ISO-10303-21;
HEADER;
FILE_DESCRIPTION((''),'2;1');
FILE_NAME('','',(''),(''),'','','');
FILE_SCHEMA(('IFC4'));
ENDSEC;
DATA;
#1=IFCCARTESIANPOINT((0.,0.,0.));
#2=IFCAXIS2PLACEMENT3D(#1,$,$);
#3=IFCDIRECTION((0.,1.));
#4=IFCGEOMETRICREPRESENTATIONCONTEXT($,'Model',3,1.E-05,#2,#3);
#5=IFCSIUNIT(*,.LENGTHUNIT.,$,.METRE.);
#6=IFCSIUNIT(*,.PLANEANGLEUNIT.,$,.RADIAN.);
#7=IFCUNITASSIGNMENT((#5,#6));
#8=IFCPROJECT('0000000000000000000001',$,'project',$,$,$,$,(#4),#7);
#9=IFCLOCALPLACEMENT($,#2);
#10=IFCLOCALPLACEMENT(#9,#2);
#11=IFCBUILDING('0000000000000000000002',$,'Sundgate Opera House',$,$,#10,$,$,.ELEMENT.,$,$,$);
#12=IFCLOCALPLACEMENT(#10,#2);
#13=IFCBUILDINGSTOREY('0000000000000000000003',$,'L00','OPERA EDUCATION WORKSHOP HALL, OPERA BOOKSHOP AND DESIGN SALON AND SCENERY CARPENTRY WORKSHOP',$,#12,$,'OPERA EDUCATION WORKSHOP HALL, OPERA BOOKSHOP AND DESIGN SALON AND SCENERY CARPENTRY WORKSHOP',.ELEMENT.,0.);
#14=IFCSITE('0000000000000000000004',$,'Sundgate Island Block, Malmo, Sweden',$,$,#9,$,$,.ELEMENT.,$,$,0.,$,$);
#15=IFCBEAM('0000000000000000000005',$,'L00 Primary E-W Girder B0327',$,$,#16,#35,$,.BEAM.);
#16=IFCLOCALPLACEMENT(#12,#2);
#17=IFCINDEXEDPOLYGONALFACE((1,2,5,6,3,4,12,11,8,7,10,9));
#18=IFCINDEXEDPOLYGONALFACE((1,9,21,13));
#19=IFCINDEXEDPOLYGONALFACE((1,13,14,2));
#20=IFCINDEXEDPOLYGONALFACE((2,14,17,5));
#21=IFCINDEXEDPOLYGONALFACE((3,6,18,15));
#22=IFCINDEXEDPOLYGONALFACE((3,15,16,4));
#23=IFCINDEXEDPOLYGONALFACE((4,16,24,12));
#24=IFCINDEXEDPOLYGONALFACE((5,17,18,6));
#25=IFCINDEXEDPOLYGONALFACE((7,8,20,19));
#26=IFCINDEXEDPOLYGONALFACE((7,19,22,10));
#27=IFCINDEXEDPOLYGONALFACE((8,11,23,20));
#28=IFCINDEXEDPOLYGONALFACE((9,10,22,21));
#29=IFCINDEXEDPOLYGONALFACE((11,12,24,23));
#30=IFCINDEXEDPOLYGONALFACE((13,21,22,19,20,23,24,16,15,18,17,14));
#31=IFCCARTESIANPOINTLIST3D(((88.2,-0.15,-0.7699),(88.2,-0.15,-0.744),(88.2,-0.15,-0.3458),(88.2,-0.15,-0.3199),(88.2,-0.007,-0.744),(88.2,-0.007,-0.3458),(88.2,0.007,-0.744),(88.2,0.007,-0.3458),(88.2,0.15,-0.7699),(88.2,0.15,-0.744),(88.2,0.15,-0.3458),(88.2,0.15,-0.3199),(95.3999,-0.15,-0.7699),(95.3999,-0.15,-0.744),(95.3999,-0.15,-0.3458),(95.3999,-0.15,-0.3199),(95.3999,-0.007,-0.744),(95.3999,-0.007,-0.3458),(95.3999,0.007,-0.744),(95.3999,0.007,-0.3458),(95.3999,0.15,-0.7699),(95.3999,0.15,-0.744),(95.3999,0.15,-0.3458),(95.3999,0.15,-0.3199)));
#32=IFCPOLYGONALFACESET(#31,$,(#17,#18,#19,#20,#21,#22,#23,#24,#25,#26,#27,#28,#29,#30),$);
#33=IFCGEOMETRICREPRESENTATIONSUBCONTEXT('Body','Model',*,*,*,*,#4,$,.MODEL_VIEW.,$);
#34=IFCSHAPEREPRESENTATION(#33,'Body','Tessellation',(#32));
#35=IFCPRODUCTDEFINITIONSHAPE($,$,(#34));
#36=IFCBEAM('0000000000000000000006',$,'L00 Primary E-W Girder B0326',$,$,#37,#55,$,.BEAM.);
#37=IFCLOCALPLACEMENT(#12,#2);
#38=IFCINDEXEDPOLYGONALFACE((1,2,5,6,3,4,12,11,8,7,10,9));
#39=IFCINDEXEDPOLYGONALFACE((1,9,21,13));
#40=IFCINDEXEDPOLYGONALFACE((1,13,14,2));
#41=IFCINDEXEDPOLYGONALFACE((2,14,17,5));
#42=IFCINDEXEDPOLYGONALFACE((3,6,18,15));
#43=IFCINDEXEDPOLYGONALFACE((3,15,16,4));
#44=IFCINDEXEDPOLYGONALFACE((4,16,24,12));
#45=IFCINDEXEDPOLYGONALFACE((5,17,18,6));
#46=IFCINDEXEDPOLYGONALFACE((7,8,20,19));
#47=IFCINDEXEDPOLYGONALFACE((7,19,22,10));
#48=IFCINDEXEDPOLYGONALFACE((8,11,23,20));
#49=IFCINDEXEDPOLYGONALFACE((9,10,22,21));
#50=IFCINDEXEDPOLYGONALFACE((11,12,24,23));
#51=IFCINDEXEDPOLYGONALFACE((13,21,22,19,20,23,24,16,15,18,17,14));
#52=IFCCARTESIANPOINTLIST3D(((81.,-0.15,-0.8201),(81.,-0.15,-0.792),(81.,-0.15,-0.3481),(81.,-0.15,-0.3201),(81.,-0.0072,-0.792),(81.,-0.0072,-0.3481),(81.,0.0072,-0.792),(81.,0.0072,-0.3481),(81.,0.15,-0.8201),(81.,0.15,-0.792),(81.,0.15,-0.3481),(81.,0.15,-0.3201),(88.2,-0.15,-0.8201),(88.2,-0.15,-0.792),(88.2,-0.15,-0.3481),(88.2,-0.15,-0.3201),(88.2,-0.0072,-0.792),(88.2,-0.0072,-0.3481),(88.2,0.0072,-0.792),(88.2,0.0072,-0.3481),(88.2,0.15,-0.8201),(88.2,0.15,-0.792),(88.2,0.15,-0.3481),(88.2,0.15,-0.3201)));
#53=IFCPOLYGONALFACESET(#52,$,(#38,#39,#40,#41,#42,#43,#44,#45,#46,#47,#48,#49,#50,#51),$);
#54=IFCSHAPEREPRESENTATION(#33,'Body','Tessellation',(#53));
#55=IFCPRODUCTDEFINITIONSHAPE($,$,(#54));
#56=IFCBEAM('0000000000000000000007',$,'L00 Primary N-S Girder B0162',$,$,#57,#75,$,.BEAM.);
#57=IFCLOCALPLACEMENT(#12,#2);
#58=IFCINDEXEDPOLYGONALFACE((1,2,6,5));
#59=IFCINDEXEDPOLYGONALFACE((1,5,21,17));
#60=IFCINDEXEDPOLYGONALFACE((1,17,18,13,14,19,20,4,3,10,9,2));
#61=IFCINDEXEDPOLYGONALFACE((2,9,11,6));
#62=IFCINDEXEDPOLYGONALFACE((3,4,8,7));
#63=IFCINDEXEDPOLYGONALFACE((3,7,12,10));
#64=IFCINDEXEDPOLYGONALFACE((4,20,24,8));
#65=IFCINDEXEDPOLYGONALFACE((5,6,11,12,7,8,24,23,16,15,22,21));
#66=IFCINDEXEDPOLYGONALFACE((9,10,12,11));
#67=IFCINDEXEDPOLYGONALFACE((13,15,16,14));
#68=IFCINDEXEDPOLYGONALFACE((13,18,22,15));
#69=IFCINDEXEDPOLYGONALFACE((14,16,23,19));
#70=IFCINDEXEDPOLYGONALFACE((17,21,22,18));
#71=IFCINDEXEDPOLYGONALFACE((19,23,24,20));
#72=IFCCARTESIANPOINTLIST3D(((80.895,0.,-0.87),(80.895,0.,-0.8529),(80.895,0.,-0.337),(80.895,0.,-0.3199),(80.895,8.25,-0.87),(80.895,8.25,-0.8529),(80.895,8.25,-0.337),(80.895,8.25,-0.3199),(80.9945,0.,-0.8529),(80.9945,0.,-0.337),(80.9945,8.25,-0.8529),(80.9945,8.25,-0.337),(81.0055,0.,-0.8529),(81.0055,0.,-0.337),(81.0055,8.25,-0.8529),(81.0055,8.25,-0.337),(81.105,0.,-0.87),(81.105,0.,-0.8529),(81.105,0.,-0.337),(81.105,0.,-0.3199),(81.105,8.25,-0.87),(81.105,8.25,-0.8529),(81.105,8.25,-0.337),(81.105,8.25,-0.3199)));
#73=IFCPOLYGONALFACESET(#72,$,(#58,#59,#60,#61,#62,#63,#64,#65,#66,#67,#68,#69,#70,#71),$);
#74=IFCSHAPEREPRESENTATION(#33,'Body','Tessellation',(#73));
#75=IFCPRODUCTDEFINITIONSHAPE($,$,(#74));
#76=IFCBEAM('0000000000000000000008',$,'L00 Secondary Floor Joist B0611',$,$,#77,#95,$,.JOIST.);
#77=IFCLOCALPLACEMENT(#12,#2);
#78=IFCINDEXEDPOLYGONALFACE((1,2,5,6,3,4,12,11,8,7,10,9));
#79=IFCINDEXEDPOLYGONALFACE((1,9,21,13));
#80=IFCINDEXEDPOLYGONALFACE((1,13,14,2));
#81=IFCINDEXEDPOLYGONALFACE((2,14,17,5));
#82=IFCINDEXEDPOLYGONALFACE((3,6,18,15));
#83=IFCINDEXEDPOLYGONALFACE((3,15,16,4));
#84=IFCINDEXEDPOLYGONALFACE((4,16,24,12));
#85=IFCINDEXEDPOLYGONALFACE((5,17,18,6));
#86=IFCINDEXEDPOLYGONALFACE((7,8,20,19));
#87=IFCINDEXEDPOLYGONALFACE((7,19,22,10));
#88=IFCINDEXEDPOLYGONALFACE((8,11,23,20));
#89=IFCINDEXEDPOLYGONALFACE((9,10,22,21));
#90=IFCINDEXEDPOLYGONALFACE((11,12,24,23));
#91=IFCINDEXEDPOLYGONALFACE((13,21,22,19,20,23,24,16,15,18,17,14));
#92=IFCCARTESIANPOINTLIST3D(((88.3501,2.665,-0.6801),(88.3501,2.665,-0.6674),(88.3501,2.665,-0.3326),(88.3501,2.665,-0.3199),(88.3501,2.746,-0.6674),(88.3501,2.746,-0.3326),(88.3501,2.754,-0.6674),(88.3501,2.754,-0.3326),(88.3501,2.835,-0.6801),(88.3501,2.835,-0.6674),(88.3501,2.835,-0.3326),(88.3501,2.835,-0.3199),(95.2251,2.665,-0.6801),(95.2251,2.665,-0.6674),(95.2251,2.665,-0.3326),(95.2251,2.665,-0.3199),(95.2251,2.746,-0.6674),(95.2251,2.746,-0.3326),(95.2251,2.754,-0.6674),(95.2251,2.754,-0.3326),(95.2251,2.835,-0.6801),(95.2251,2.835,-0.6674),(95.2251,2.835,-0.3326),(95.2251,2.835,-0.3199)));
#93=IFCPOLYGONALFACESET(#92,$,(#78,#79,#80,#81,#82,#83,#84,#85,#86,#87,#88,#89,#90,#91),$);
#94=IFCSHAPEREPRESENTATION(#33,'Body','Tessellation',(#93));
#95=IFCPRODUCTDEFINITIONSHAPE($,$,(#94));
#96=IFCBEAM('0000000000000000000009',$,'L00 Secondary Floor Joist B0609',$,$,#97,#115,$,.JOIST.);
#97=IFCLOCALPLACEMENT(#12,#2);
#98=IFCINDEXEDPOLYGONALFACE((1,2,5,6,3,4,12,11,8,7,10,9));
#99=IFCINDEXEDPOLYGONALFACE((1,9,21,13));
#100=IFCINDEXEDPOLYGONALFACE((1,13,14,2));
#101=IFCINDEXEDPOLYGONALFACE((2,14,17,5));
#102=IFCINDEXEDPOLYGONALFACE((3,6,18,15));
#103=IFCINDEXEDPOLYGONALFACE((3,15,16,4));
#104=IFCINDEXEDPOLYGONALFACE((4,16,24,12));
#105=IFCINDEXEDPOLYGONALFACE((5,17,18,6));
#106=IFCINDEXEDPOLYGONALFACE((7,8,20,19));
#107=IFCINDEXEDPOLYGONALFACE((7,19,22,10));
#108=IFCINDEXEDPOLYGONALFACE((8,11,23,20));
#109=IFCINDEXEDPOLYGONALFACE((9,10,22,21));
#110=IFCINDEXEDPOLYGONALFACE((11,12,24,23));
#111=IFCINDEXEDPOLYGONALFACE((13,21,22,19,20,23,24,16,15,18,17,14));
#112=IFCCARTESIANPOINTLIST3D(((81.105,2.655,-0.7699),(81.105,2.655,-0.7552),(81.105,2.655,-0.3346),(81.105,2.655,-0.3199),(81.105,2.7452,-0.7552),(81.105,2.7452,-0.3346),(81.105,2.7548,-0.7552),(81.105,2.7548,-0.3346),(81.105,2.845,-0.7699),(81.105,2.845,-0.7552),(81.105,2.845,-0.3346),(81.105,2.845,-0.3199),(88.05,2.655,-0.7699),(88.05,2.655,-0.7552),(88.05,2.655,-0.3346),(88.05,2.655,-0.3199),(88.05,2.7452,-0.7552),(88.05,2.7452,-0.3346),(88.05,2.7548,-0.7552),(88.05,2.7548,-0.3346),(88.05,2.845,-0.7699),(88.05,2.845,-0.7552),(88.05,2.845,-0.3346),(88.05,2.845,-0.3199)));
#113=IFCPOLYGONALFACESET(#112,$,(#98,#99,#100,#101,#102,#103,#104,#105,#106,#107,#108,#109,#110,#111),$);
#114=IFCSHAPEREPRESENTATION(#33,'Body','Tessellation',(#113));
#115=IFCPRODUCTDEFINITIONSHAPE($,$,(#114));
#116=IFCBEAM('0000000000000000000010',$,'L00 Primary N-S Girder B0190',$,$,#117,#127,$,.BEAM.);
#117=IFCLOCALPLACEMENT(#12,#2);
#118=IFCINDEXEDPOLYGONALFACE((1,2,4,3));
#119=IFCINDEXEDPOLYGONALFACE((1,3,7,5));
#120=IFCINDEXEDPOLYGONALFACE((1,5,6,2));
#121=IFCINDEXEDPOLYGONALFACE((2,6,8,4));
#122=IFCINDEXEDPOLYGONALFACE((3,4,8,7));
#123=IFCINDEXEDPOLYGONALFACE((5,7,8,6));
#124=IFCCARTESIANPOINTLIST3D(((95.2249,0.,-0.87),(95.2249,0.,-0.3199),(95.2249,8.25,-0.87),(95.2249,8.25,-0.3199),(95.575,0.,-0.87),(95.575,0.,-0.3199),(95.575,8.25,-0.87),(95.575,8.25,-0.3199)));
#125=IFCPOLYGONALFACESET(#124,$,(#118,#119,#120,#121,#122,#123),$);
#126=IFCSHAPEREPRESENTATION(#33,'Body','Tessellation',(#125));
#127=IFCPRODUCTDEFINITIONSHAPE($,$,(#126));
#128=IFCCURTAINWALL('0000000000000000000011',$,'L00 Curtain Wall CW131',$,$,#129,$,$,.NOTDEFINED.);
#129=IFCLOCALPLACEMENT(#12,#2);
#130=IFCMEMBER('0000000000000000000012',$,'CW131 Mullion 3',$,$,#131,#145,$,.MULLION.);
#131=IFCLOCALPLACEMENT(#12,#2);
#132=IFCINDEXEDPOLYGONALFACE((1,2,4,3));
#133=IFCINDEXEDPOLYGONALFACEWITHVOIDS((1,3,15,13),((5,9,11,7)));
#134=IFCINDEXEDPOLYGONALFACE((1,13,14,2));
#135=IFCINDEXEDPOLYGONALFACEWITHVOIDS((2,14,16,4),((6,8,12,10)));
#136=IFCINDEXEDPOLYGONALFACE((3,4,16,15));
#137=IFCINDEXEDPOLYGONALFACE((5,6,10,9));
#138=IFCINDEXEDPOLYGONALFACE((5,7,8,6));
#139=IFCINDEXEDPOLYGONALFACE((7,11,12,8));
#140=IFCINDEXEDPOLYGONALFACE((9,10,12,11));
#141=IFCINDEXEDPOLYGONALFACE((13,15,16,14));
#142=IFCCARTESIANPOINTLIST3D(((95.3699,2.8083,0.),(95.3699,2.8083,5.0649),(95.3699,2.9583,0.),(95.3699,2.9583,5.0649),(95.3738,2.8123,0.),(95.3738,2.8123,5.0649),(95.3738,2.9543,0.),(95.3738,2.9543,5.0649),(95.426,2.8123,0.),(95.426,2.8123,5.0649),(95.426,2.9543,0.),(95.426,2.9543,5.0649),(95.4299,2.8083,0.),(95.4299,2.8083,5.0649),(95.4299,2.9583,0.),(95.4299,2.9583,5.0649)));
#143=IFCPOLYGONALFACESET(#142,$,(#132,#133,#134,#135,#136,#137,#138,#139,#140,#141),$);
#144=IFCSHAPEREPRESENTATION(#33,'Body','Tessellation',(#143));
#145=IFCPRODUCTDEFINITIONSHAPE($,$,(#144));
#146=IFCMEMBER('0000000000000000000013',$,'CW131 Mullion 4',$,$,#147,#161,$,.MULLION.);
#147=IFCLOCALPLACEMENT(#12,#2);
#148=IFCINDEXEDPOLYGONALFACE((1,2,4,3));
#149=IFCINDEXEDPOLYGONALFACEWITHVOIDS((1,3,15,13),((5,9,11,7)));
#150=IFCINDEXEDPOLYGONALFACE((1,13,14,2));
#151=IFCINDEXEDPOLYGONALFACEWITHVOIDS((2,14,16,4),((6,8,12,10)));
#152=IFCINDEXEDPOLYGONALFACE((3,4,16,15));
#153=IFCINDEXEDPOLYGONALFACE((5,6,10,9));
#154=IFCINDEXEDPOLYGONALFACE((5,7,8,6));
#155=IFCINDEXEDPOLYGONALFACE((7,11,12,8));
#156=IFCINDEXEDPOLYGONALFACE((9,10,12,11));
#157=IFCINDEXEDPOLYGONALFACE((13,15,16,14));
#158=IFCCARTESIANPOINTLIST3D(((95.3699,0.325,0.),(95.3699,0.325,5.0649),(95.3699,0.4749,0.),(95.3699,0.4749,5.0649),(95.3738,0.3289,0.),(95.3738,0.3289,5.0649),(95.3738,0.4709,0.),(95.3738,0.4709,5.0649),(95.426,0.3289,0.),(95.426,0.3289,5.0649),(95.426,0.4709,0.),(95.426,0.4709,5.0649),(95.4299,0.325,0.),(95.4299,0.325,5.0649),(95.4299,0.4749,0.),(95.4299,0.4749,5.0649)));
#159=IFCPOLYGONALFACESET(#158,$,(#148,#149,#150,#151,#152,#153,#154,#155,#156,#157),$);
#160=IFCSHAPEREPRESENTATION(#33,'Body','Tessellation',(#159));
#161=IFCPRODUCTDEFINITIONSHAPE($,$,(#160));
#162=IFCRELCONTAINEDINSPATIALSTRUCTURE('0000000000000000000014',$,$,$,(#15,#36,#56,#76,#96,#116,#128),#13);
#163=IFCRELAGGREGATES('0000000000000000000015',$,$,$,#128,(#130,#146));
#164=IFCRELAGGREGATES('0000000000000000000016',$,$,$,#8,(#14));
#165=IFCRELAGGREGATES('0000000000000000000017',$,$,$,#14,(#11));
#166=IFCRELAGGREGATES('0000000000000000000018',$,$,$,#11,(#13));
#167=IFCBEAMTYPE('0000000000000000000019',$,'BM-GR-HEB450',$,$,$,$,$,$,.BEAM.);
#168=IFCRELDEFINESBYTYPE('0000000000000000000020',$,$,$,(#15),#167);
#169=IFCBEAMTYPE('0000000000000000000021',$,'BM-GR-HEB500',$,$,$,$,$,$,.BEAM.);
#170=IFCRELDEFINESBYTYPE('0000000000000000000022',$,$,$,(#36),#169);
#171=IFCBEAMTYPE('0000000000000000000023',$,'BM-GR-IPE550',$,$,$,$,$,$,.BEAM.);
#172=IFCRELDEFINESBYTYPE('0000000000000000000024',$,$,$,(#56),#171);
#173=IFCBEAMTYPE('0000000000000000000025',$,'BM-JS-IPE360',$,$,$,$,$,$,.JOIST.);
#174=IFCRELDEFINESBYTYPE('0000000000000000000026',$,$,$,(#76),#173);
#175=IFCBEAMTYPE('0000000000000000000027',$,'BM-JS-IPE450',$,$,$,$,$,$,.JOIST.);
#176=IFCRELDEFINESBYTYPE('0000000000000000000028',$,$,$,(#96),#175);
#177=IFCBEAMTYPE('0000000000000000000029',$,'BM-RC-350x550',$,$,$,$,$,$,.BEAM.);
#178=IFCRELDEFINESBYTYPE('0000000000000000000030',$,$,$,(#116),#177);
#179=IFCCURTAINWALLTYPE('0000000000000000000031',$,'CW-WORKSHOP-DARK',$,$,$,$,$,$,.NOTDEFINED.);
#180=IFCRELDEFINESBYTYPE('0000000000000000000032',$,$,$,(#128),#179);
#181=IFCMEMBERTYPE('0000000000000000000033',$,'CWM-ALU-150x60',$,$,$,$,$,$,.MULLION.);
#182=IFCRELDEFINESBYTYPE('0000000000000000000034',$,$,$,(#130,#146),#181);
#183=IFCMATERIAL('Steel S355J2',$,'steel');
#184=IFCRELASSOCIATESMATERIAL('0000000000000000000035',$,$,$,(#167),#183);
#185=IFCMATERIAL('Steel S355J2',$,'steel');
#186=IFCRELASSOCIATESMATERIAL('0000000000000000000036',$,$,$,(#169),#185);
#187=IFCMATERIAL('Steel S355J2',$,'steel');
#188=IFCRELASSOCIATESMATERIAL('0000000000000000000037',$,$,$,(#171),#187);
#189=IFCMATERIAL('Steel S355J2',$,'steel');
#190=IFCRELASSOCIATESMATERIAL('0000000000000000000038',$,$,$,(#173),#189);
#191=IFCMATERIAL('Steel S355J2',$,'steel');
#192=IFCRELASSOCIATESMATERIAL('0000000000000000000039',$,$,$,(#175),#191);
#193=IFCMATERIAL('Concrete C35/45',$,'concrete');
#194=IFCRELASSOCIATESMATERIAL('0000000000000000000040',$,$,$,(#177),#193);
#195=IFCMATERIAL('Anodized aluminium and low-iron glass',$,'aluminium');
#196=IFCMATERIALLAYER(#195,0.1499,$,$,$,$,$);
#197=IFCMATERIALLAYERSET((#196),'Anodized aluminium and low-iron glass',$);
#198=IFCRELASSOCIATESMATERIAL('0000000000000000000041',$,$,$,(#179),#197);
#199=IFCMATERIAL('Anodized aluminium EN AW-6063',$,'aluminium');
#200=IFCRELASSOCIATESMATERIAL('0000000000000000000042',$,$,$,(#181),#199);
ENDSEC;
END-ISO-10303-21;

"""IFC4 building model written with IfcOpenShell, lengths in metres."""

from ifc_helpers import new_model, si_unit, direction, frame, origin, origin_2d, place, context, subcontext, project, spatial, rectangle, hollow_rectangle, i_section, extrude, material, layer, layer_set, material_profile, profile_set, type_object, element, aggregate, save


model = new_model("IFC4")

# Units and contexts
model_context = context("Model", 3, precision=1e-05, world=origin(), true_north=direction((0.0, 1.0)))
body_context = subcontext(model_context, "Body", "Model", "MODEL_VIEW")
ifc_project = project(units=[si_unit("LENGTHUNIT", "METRE"), si_unit("PLANEANGLEUNIT", "RADIAN")], contexts=[model_context])

# Site, building, storey
site_placement = place(None, origin())
site = spatial("IfcSite", under=ifc_project, at=site_placement, Name="Sundgate Island Block, Malmo, Sweden", CompositionType="ELEMENT", RefElevation=0.0)
building_placement = place(site_placement, origin())
building = spatial("IfcBuilding", under=site, at=building_placement, Name="Sundgate Opera House", CompositionType="ELEMENT")
storey_placement = place(building_placement, origin())
storey = spatial("IfcBuildingStorey", under=building, at=storey_placement, Name="L00", Description="OPERA EDUCATION WORKSHOP HALL, OPERA BOOKSHOP AND DESIGN SALON AND SCENERY CARPENTRY WORKSHOP", LongName="OPERA EDUCATION WORKSHOP HALL, OPERA BOOKSHOP AND DESIGN SALON AND SCENERY CARPENTRY WORKSHOP", CompositionType="ELEMENT", Elevation=0.0)

# Beams
ifc_material_1 = material(Name="Steel S355J2", Category="steel")
ifc_material_profile_1 = material_profile(ifc_material_1, i_section(OverallWidth=0.3, OverallDepth=0.45, WebThickness=0.0139, FlangeThickness=0.0259, at=origin_2d()), Name="HEB 450")
ifc_profile_set_1 = profile_set([ifc_material_profile_1], Name="Steel S355J2")
beam_type_1 = type_object("IfcBeamType", Name="BM-GR-HEB450", PredefinedType="BEAM", material=ifc_profile_set_1)
beam_1_placement = place(storey_placement, frame((88.2, 0.0, -0.5449), z_axis=(1.0, 0.0, 0.0), x_axis=(0.0, 1.0, 0.0)))
element("IfcBeam", 1, at=beam_1_placement, inside=storey, type_object=beam_type_1, Name="L00 Primary E-W Girder B0327", PredefinedType="BEAM", context=body_context, shape_type="SweptSolid", body=[
    extrude(i_section(OverallWidth=0.3, OverallDepth=0.45, WebThickness=0.0139, FlangeThickness=0.0259, at=origin_2d()), origin(), (0.0, 0.0, 1.0), 7.2),
])
ifc_material_2 = material(Name="Steel S355J2", Category="steel")
ifc_material_profile_2 = material_profile(ifc_material_2, i_section(OverallWidth=0.3, OverallDepth=0.5, WebThickness=0.0144, FlangeThickness=0.0281, at=origin_2d()), Name="HEB 500")
ifc_profile_set_2 = profile_set([ifc_material_profile_2], Name="Steel S355J2")
beam_type_2 = type_object("IfcBeamType", Name="BM-GR-HEB500", PredefinedType="BEAM", material=ifc_profile_set_2)
beam_2_placement = place(storey_placement, frame((81.0, 0.0, -0.5701), z_axis=(1.0, 0.0, 0.0), x_axis=(0.0, 1.0, 0.0)))
element("IfcBeam", 2, at=beam_2_placement, inside=storey, type_object=beam_type_2, Name="L00 Primary E-W Girder B0326", PredefinedType="BEAM", context=body_context, shape_type="SweptSolid", body=[
    extrude(i_section(OverallWidth=0.3, OverallDepth=0.5, WebThickness=0.0144, FlangeThickness=0.0281, at=origin_2d()), origin(), (0.0, 0.0, 1.0), 7.2),
])
ifc_material_3 = material(Name="Steel S355J2", Category="steel")
ifc_material_profile_3 = material_profile(ifc_material_3, i_section(OverallWidth=0.21, OverallDepth=0.55, WebThickness=0.011, FlangeThickness=0.0171, at=origin_2d()), Name="IPE 550")
ifc_profile_set_3 = profile_set([ifc_material_profile_3], Name="Steel S355J2")
beam_type_3 = type_object("IfcBeamType", Name="BM-GR-IPE550", PredefinedType="BEAM", material=ifc_profile_set_3)
beam_3_placement = place(storey_placement, frame((81.0, 0.0, -0.595), z_axis=(0.0, 1.0, 0.0), x_axis=(-1.0, 0.0, 0.0)))
element("IfcBeam", 3, at=beam_3_placement, inside=storey, type_object=beam_type_3, Name="L00 Primary N-S Girder B0162", PredefinedType="BEAM", context=body_context, shape_type="SweptSolid", body=[
    extrude(i_section(OverallWidth=0.21, OverallDepth=0.55, WebThickness=0.011, FlangeThickness=0.0171, at=origin_2d()), origin(), (0.0, 0.0, 1.0), 8.25),
])
ifc_material_4 = material(Name="Steel S355J2", Category="steel")
ifc_material_profile_4 = material_profile(ifc_material_4, i_section(OverallWidth=0.1699, OverallDepth=0.3601, WebThickness=0.0081, FlangeThickness=0.0127, at=origin_2d()), Name="IPE 360")
ifc_profile_set_4 = profile_set([ifc_material_profile_4], Name="Steel S355J2")
beam_type_4 = type_object("IfcBeamType", Name="BM-JS-IPE360", PredefinedType="JOIST", material=ifc_profile_set_4)
beam_4_placement = place(storey_placement, frame((88.3501, 2.75, -0.5), z_axis=(1.0, 0.0, 0.0), x_axis=(0.0, 1.0, 0.0)))
element("IfcBeam", 4, at=beam_4_placement, inside=storey, type_object=beam_type_4, Name="L00 Secondary Floor Joist B0611", PredefinedType="JOIST", context=body_context, shape_type="SweptSolid", body=[
    extrude(i_section(OverallWidth=0.1699, OverallDepth=0.3601, WebThickness=0.0081, FlangeThickness=0.0127, at=origin_2d()), origin(), (0.0, 0.0, 1.0), 6.875),
])
ifc_material_5 = material(Name="Steel S355J2", Category="steel")
ifc_material_profile_5 = material_profile(ifc_material_5, i_section(OverallWidth=0.1899, OverallDepth=0.45, WebThickness=0.0095, FlangeThickness=0.0146, at=origin_2d()), Name="IPE 450")
ifc_profile_set_5 = profile_set([ifc_material_profile_5], Name="Steel S355J2")
beam_type_5 = type_object("IfcBeamType", Name="BM-JS-IPE450", PredefinedType="JOIST", material=ifc_profile_set_5)
beam_5_placement = place(storey_placement, frame((81.105, 2.75, -0.5449), z_axis=(1.0, 0.0, 0.0), x_axis=(0.0, 1.0, 0.0)))
element("IfcBeam", 5, at=beam_5_placement, inside=storey, type_object=beam_type_5, Name="L00 Secondary Floor Joist B0609", PredefinedType="JOIST", context=body_context, shape_type="SweptSolid", body=[
    extrude(i_section(OverallWidth=0.1899, OverallDepth=0.45, WebThickness=0.0095, FlangeThickness=0.0146, at=origin_2d()), origin(), (0.0, 0.0, 1.0), 6.9451),
])
ifc_material_6 = material(Name="Concrete C35/45", Category="concrete")
ifc_material_profile_6 = material_profile(ifc_material_6, rectangle(XDim=0.3501, YDim=0.55, at=origin_2d()), Name="RC 350x550")
ifc_profile_set_6 = profile_set([ifc_material_profile_6], Name="Concrete C35/45")
beam_type_6 = type_object("IfcBeamType", Name="BM-RC-350x550", PredefinedType="BEAM", material=ifc_profile_set_6)
beam_6_placement = place(storey_placement, frame((95.3999, 0.0, -0.595), z_axis=(0.0, 1.0, 0.0), x_axis=(-1.0, 0.0, 0.0)))
element("IfcBeam", 6, at=beam_6_placement, inside=storey, type_object=beam_type_6, Name="L00 Primary N-S Girder B0190", PredefinedType="BEAM", context=body_context, shape_type="SweptSolid", body=[
    extrude(rectangle(XDim=0.3501, YDim=0.55, at=origin_2d()), origin(), (0.0, 0.0, 1.0), 8.25),
])

# Curtain wall, members
ifc_material_7 = material(Name="Anodized aluminium and low-iron glass", Category="aluminium")
ifc_layer_1 = layer(ifc_material_7, 0.1499)
ifc_layer_set_1 = layer_set([ifc_layer_1], Name="Anodized aluminium and low-iron glass")
curtain_wall_type = type_object("IfcCurtainWallType", Name="CW-WORKSHOP-DARK", PredefinedType="NOTDEFINED", material=ifc_layer_set_1)
curtain_wall_placement = place(storey_placement, origin())
curtain_wall = element("IfcCurtainWall", 7, at=curtain_wall_placement, inside=storey, type_object=curtain_wall_type, Name="L00 Curtain Wall CW131", PredefinedType="NOTDEFINED")
ifc_material_8 = material(Name="Anodized aluminium EN AW-6063", Category="aluminium")
ifc_material_profile_7 = material_profile(ifc_material_8, hollow_rectangle(XDim=0.0601, YDim=0.1499, WallThickness=0.0039, at=origin_2d()), Name="CWM 150x60x4")
ifc_profile_set_7 = profile_set([ifc_material_profile_7], Name="Anodized aluminium EN AW-6063")
member_type_1 = type_object("IfcMemberType", Name="CWM-ALU-150x60", PredefinedType="MULLION", material=ifc_profile_set_7)
member_1_placement = place(storey_placement, frame((95.3999, 2.8833, 0.0), z_axis=(0.0, 0.0, 1.0), x_axis=(1.0, 0.0, 0.0)))
member_1 = element("IfcMember", 8, at=member_1_placement, type_object=member_type_1, Name="CW131 Mullion 3", PredefinedType="MULLION", context=body_context, shape_type="SweptSolid", body=[
    extrude(hollow_rectangle(XDim=0.0601, YDim=0.1499, WallThickness=0.0039, at=origin_2d()), origin(), (0.0, 0.0, 1.0), 5.0649),
])
member_2_placement = place(storey_placement, frame((95.3999, 0.3999, 0.0), z_axis=(0.0, 0.0, 1.0), x_axis=(1.0, 0.0, 0.0)))
member_2 = element("IfcMember", 9, at=member_2_placement, type_object=member_type_1, Name="CW131 Mullion 4", PredefinedType="MULLION", context=body_context, shape_type="SweptSolid", body=[
    extrude(hollow_rectangle(XDim=0.0601, YDim=0.1499, WallThickness=0.0039, at=origin_2d()), origin(), (0.0, 0.0, 1.0), 5.0649),
])
aggregate(curtain_wall, [member_1, member_2])

save(model, "model.ifc")
